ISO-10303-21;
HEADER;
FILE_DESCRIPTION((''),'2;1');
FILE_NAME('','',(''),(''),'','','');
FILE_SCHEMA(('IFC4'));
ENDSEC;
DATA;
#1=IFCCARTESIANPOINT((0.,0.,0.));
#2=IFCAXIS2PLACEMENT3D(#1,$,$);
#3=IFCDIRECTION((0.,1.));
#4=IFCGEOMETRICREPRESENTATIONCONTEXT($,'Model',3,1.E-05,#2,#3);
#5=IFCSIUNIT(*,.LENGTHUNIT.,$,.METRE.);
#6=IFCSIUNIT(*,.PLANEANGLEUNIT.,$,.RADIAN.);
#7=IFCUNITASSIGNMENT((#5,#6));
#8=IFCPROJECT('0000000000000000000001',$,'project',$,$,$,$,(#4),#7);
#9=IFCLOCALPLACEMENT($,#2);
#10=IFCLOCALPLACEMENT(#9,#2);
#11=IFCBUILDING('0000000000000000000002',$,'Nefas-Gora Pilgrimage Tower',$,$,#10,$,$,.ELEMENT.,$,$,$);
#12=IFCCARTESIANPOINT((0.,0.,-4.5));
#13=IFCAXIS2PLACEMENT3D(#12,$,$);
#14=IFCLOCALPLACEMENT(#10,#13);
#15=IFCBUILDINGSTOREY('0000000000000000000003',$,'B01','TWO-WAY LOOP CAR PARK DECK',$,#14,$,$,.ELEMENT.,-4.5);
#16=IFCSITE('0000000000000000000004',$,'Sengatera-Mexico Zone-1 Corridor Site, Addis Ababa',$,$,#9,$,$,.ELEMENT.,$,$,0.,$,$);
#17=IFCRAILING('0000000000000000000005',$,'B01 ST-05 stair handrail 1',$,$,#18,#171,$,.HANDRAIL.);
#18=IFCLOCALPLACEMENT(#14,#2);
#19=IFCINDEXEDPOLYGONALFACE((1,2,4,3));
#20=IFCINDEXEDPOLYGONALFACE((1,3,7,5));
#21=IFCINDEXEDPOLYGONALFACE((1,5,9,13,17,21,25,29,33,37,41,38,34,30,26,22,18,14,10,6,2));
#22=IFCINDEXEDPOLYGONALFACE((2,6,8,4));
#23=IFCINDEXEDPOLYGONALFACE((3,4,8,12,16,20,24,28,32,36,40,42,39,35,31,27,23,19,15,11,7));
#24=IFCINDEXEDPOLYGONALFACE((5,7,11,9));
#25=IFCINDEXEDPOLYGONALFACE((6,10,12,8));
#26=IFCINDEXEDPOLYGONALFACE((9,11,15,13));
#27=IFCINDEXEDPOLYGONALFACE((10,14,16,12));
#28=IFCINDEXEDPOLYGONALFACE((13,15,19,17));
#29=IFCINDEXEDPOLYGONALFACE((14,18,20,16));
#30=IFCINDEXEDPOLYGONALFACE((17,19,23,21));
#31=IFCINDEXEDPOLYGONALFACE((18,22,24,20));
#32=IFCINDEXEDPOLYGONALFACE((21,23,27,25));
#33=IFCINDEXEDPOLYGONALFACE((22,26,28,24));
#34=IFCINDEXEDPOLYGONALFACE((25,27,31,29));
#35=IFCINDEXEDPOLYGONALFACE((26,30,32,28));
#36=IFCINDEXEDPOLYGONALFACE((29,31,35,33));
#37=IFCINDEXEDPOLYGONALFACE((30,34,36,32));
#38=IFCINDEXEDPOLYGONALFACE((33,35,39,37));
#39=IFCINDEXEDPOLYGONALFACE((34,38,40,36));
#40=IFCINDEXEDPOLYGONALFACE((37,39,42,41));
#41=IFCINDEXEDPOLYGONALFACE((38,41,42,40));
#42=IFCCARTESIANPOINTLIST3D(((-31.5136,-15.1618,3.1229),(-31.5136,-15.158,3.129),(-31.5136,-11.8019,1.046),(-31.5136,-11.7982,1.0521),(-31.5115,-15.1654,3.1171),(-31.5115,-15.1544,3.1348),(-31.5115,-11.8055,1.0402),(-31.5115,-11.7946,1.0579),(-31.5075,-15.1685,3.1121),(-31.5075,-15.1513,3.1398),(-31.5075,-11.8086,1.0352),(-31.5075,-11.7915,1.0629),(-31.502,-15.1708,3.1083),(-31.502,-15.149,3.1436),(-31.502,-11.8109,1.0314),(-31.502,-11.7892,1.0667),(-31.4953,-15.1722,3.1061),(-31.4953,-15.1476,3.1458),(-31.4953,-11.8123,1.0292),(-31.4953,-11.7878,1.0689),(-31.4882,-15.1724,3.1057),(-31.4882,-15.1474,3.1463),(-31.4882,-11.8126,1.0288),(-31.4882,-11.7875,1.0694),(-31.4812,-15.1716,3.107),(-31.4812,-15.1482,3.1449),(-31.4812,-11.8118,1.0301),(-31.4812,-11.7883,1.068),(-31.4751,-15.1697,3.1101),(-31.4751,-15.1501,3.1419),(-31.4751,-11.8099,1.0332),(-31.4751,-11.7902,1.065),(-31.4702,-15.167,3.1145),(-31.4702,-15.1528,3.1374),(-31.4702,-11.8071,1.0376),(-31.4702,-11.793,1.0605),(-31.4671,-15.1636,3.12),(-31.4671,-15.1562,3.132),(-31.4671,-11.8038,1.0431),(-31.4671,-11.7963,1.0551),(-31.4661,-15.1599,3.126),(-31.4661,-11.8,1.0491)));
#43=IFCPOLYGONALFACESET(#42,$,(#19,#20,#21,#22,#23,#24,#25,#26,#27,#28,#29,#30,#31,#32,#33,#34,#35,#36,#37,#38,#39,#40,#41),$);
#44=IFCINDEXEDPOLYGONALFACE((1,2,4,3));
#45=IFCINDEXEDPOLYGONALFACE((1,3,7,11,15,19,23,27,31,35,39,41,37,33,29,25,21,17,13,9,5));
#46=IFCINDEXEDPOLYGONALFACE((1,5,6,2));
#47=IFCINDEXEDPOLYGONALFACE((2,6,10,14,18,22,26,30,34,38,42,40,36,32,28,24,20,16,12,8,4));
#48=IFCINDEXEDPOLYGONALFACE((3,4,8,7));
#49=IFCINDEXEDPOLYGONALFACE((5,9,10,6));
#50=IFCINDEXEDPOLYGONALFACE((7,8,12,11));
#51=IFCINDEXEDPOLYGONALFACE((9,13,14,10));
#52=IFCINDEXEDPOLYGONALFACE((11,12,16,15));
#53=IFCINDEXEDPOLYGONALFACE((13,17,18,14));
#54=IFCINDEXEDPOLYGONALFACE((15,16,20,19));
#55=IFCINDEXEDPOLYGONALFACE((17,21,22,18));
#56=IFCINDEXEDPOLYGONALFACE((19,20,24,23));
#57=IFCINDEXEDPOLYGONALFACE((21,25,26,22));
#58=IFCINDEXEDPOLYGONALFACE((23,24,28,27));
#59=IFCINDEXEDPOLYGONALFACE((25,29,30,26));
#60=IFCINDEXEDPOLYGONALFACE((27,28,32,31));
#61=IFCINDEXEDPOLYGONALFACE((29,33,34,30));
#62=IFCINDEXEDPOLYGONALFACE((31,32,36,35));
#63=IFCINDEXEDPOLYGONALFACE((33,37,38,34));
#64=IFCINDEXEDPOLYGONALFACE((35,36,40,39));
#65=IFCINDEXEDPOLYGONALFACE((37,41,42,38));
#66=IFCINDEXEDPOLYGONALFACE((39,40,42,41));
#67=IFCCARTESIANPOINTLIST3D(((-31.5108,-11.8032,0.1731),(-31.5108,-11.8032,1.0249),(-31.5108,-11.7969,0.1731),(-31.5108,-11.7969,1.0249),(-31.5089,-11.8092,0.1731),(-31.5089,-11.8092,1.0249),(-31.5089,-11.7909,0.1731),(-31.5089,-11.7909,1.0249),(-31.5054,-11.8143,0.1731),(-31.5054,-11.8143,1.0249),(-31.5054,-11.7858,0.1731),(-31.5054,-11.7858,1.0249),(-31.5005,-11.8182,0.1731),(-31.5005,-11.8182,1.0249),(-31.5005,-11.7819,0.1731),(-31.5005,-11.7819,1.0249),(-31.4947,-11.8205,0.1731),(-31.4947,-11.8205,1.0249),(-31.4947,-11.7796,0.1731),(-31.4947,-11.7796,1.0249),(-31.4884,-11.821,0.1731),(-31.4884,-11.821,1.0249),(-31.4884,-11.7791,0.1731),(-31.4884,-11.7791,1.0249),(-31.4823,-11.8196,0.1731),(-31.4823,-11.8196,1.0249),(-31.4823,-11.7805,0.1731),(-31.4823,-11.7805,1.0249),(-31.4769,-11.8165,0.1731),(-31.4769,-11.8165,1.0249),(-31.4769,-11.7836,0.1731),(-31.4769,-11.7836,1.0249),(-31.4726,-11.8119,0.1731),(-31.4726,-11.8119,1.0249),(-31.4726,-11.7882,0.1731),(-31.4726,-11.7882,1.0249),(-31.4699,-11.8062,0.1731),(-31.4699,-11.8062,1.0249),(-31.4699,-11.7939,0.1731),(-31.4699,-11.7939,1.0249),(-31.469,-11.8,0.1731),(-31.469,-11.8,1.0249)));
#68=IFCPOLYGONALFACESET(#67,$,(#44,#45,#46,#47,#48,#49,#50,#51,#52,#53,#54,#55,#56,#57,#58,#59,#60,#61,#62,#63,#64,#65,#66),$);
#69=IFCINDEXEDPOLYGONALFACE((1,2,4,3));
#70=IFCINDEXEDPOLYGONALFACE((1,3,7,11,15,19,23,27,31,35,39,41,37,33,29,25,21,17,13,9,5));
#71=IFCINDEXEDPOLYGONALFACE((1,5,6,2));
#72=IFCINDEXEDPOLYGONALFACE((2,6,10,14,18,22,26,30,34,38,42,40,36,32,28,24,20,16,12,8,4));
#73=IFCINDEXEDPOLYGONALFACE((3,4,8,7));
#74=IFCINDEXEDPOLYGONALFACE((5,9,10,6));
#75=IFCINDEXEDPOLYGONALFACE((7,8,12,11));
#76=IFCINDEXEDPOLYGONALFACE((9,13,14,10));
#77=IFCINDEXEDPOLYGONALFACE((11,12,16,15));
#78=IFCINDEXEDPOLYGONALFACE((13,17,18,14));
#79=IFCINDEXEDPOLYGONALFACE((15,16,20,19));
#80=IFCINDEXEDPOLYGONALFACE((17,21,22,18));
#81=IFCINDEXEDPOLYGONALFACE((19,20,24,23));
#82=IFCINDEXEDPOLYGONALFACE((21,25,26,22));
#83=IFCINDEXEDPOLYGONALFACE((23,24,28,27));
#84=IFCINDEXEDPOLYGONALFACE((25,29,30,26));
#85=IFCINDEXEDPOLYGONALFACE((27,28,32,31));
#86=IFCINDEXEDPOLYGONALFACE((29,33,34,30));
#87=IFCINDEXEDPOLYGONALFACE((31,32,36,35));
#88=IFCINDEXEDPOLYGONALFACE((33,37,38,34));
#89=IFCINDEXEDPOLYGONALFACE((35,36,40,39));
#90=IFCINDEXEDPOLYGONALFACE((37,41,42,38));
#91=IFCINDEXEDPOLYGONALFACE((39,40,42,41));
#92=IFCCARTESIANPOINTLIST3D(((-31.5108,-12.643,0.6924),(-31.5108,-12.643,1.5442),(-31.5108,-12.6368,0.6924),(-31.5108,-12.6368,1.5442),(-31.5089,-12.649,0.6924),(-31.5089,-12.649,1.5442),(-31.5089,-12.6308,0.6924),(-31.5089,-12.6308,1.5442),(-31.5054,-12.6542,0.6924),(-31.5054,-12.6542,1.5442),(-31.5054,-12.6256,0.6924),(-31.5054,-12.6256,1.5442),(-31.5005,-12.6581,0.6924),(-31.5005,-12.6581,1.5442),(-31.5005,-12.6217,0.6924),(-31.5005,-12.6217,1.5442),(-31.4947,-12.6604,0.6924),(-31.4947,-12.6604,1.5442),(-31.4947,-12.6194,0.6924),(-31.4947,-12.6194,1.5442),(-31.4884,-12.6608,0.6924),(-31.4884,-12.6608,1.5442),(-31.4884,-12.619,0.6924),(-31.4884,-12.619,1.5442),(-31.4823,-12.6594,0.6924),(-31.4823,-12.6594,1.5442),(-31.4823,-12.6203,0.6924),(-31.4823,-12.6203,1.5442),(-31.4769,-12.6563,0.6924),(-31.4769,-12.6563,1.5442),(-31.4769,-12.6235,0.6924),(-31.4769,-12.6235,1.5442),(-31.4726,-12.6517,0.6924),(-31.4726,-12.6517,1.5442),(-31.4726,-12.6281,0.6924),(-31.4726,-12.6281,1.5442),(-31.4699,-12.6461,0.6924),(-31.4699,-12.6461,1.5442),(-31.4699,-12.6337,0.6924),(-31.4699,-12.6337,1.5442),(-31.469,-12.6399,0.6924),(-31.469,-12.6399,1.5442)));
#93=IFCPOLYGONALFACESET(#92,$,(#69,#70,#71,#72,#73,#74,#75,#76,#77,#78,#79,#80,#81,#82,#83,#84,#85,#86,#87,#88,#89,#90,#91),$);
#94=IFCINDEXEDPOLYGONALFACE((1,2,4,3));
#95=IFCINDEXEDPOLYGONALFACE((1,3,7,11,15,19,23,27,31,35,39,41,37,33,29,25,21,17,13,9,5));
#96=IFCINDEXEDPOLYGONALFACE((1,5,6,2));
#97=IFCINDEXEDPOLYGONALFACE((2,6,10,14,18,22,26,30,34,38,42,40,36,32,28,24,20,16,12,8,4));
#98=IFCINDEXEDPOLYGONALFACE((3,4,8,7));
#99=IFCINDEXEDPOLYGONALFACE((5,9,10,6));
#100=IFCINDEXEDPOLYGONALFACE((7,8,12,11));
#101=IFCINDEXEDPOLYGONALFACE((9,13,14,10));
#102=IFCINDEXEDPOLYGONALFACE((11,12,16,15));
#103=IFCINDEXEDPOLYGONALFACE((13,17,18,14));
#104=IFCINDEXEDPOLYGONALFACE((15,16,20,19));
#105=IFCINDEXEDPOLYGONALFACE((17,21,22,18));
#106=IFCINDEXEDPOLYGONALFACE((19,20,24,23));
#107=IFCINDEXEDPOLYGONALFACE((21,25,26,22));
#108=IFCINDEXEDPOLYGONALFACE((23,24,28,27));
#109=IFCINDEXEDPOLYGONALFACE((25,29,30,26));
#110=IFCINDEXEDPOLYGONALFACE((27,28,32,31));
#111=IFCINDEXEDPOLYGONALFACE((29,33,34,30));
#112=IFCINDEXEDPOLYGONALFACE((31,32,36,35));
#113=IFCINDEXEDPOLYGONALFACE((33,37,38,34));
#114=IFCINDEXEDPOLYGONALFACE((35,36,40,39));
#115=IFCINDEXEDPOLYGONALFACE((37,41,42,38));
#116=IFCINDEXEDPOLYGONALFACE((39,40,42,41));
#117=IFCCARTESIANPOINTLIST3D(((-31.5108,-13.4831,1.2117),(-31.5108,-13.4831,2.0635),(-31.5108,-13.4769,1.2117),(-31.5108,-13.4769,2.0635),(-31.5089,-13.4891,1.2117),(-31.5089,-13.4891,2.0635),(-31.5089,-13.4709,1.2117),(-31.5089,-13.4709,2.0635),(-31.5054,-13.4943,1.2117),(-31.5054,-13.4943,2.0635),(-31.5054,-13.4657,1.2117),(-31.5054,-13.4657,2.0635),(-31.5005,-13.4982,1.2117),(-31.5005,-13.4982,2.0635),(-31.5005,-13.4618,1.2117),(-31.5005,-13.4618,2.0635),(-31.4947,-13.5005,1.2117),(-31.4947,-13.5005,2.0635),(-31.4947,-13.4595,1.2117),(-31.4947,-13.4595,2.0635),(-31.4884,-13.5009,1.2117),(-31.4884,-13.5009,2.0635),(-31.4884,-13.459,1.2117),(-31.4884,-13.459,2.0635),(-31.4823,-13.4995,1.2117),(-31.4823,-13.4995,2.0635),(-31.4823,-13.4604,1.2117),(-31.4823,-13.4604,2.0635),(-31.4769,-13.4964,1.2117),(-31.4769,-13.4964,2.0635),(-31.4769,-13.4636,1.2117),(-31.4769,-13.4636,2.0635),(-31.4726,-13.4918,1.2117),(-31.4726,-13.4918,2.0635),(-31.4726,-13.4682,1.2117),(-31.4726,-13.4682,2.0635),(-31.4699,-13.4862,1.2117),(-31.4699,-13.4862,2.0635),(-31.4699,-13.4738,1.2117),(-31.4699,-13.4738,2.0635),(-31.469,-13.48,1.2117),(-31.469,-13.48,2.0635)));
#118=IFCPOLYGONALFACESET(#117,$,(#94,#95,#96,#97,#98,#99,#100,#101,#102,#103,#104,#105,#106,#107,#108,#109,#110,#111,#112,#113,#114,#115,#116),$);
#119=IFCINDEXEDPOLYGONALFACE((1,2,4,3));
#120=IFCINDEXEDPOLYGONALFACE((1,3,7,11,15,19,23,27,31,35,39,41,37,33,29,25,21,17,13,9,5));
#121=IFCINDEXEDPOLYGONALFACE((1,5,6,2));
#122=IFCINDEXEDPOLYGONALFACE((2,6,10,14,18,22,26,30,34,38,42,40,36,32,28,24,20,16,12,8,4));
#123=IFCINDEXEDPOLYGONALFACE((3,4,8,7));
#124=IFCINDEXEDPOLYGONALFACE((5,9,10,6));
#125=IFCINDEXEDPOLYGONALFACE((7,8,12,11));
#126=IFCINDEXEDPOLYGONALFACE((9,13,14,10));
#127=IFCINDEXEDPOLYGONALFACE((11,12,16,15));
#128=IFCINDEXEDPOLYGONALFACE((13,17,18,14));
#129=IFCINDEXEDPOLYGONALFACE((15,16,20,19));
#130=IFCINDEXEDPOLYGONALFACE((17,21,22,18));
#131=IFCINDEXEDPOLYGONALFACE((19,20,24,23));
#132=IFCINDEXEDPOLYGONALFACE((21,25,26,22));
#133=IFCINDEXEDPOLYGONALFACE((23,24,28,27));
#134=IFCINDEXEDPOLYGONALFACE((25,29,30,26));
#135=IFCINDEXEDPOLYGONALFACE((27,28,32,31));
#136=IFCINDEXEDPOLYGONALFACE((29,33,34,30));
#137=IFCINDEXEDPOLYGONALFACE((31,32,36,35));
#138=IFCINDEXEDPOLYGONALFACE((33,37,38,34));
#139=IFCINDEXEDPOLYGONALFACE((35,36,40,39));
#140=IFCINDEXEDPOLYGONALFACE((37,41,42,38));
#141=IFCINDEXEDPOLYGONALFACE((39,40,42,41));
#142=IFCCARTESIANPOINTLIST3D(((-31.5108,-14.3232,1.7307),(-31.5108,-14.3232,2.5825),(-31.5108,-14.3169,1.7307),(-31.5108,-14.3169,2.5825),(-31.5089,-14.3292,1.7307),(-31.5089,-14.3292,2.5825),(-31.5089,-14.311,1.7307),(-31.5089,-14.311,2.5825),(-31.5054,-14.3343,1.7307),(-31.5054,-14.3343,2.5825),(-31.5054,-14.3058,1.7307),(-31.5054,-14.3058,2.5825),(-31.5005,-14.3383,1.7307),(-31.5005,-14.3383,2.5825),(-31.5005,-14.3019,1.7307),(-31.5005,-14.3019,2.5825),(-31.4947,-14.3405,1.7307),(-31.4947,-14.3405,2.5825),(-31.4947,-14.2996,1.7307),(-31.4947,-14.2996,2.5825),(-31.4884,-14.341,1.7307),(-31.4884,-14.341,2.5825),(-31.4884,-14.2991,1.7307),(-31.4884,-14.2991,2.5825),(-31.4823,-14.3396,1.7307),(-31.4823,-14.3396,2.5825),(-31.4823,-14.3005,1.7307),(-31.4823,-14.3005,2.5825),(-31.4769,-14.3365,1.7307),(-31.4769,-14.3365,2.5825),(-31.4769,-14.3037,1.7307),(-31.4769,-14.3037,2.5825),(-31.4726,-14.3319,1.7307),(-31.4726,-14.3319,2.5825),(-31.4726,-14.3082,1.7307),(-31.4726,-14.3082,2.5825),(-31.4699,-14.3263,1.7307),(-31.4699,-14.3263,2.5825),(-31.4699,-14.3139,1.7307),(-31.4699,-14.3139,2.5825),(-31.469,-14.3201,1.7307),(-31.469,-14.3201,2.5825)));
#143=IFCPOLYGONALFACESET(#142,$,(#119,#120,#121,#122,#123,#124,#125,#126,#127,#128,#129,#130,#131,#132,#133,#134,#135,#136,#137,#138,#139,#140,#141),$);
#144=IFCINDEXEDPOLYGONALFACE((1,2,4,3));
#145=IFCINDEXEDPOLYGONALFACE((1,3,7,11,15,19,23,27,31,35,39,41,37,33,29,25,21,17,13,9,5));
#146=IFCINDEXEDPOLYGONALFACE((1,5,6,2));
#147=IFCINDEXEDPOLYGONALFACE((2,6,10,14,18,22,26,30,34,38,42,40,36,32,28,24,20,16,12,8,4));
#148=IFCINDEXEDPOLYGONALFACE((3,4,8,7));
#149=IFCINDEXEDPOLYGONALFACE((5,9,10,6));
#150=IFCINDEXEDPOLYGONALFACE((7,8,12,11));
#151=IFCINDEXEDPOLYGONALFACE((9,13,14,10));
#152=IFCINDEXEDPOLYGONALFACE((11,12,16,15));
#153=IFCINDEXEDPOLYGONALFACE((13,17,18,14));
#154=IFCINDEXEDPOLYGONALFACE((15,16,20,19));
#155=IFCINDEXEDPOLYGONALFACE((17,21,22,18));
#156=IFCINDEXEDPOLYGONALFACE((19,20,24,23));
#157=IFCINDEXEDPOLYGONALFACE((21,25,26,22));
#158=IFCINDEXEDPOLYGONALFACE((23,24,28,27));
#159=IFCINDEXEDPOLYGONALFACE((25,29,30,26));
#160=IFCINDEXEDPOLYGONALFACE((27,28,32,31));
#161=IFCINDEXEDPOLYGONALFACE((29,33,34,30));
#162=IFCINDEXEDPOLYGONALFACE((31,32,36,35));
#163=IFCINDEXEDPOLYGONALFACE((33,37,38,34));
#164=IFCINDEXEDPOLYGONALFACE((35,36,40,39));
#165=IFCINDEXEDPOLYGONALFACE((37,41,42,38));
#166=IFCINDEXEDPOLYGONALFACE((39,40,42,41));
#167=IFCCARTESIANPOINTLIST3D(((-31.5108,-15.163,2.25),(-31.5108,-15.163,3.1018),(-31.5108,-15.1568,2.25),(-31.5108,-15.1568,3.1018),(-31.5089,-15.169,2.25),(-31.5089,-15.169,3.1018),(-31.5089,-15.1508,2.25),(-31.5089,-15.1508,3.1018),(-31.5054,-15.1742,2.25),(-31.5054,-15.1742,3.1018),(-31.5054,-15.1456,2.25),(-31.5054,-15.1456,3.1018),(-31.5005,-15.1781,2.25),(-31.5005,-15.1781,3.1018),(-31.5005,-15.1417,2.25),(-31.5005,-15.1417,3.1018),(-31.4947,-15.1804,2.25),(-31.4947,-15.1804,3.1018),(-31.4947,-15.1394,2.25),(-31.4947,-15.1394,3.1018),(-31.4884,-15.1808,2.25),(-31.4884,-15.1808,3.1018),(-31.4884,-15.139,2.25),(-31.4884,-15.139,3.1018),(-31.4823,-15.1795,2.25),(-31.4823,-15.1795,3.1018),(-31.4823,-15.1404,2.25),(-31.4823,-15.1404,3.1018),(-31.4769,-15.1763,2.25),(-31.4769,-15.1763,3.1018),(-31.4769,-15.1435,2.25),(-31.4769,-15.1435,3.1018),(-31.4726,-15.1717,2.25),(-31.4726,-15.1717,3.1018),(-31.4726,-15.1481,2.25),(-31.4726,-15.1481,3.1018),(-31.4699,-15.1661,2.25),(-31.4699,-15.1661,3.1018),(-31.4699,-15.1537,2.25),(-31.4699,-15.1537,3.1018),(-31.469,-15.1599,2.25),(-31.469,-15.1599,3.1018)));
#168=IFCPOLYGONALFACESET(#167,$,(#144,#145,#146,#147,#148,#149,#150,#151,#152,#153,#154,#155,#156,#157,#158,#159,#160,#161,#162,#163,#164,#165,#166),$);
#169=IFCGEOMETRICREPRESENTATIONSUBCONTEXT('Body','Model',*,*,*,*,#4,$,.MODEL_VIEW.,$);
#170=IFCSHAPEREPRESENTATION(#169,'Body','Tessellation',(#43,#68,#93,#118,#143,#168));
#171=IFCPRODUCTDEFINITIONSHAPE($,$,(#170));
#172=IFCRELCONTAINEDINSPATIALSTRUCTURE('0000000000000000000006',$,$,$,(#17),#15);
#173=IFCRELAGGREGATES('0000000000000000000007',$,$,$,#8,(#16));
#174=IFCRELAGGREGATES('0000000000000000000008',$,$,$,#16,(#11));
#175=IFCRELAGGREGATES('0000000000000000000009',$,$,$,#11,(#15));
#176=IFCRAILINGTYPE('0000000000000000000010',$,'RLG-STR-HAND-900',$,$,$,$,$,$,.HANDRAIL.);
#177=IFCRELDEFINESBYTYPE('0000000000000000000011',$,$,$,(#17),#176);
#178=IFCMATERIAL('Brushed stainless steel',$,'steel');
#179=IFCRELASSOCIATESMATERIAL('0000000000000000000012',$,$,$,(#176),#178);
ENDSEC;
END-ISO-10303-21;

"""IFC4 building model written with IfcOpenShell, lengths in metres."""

from ifc_helpers import new_model, si_unit, direction, frame, origin, origin_2d, place, context, subcontext, project, spatial, circle, extrude, material, type_object, element, save


model = new_model("IFC4")

# Units and contexts
model_context = context("Model", 3, precision=1e-05, world=origin(), true_north=direction((0.0, 1.0)))
body_context = subcontext(model_context, "Body", "Model", "MODEL_VIEW")
ifc_project = project(units=[si_unit("LENGTHUNIT", "METRE"), si_unit("PLANEANGLEUNIT", "RADIAN")], contexts=[model_context])

# Site, building, storey
site_placement = place(None, origin())
site = spatial("IfcSite", under=ifc_project, at=site_placement, Name="Sengatera-Mexico Zone-1 Corridor Site, Addis Ababa", CompositionType="ELEMENT", RefElevation=0.0)
building_placement = place(site_placement, origin())
building = spatial("IfcBuilding", under=site, at=building_placement, Name="Nefas-Gora Pilgrimage Tower", CompositionType="ELEMENT")
storey_placement = place(building_placement, frame((0.0, 0.0, -4.5)))
storey = spatial("IfcBuildingStorey", under=building, at=storey_placement, Name="B01", Description="TWO-WAY LOOP CAR PARK DECK", CompositionType="ELEMENT", Elevation=-4.5)

# Railing
ifc_material_1 = material(Name="Brushed stainless steel", Category="steel")
railing_type_1 = type_object("IfcRailingType", Name="RLG-STR-HAND-900", PredefinedType="HANDRAIL", material=ifc_material_1)
railing_1_placement = place(storey_placement, frame((-31.49, -11.8, 0.1731)))
element("IfcRailing", 1, at=railing_1_placement, inside=storey, type_object=railing_type_1, Name="B01 ST-05 stair handrail 1", PredefinedType="HANDRAIL", context=body_context, shape_type="SweptSolid", body=[
    extrude(circle(Radius=0.0239, at=origin_2d()), frame((0.0, 0.0, 0.876), z_axis=(0.0, -0.850606, 0.525803), x_axis=(1.0, 0.0, 0.0)), (0.0, 0.0, 1.0), 3.95),
    extrude(circle(Radius=0.021, at=origin_2d()), origin(), (0.0, 0.0, 1.0), 0.8518),
    extrude(circle(Radius=0.021, at=origin_2d()), frame((0.0, -0.8398, 0.5193)), (0.0, 0.0, 1.0), 0.8518),
    extrude(circle(Radius=0.021, at=origin_2d()), frame((0.0, -1.6799, 1.0386)), (0.0, 0.0, 1.0), 0.8518),
    extrude(circle(Radius=0.021, at=origin_2d()), frame((0.0, -2.52, 1.5576)), (0.0, 0.0, 1.0), 0.8518),
    extrude(circle(Radius=0.021, at=origin_2d()), frame((0.0, -3.3599, 2.0769)), (0.0, 0.0, 1.0), 0.8518),
])

save(model, "model.ifc")
